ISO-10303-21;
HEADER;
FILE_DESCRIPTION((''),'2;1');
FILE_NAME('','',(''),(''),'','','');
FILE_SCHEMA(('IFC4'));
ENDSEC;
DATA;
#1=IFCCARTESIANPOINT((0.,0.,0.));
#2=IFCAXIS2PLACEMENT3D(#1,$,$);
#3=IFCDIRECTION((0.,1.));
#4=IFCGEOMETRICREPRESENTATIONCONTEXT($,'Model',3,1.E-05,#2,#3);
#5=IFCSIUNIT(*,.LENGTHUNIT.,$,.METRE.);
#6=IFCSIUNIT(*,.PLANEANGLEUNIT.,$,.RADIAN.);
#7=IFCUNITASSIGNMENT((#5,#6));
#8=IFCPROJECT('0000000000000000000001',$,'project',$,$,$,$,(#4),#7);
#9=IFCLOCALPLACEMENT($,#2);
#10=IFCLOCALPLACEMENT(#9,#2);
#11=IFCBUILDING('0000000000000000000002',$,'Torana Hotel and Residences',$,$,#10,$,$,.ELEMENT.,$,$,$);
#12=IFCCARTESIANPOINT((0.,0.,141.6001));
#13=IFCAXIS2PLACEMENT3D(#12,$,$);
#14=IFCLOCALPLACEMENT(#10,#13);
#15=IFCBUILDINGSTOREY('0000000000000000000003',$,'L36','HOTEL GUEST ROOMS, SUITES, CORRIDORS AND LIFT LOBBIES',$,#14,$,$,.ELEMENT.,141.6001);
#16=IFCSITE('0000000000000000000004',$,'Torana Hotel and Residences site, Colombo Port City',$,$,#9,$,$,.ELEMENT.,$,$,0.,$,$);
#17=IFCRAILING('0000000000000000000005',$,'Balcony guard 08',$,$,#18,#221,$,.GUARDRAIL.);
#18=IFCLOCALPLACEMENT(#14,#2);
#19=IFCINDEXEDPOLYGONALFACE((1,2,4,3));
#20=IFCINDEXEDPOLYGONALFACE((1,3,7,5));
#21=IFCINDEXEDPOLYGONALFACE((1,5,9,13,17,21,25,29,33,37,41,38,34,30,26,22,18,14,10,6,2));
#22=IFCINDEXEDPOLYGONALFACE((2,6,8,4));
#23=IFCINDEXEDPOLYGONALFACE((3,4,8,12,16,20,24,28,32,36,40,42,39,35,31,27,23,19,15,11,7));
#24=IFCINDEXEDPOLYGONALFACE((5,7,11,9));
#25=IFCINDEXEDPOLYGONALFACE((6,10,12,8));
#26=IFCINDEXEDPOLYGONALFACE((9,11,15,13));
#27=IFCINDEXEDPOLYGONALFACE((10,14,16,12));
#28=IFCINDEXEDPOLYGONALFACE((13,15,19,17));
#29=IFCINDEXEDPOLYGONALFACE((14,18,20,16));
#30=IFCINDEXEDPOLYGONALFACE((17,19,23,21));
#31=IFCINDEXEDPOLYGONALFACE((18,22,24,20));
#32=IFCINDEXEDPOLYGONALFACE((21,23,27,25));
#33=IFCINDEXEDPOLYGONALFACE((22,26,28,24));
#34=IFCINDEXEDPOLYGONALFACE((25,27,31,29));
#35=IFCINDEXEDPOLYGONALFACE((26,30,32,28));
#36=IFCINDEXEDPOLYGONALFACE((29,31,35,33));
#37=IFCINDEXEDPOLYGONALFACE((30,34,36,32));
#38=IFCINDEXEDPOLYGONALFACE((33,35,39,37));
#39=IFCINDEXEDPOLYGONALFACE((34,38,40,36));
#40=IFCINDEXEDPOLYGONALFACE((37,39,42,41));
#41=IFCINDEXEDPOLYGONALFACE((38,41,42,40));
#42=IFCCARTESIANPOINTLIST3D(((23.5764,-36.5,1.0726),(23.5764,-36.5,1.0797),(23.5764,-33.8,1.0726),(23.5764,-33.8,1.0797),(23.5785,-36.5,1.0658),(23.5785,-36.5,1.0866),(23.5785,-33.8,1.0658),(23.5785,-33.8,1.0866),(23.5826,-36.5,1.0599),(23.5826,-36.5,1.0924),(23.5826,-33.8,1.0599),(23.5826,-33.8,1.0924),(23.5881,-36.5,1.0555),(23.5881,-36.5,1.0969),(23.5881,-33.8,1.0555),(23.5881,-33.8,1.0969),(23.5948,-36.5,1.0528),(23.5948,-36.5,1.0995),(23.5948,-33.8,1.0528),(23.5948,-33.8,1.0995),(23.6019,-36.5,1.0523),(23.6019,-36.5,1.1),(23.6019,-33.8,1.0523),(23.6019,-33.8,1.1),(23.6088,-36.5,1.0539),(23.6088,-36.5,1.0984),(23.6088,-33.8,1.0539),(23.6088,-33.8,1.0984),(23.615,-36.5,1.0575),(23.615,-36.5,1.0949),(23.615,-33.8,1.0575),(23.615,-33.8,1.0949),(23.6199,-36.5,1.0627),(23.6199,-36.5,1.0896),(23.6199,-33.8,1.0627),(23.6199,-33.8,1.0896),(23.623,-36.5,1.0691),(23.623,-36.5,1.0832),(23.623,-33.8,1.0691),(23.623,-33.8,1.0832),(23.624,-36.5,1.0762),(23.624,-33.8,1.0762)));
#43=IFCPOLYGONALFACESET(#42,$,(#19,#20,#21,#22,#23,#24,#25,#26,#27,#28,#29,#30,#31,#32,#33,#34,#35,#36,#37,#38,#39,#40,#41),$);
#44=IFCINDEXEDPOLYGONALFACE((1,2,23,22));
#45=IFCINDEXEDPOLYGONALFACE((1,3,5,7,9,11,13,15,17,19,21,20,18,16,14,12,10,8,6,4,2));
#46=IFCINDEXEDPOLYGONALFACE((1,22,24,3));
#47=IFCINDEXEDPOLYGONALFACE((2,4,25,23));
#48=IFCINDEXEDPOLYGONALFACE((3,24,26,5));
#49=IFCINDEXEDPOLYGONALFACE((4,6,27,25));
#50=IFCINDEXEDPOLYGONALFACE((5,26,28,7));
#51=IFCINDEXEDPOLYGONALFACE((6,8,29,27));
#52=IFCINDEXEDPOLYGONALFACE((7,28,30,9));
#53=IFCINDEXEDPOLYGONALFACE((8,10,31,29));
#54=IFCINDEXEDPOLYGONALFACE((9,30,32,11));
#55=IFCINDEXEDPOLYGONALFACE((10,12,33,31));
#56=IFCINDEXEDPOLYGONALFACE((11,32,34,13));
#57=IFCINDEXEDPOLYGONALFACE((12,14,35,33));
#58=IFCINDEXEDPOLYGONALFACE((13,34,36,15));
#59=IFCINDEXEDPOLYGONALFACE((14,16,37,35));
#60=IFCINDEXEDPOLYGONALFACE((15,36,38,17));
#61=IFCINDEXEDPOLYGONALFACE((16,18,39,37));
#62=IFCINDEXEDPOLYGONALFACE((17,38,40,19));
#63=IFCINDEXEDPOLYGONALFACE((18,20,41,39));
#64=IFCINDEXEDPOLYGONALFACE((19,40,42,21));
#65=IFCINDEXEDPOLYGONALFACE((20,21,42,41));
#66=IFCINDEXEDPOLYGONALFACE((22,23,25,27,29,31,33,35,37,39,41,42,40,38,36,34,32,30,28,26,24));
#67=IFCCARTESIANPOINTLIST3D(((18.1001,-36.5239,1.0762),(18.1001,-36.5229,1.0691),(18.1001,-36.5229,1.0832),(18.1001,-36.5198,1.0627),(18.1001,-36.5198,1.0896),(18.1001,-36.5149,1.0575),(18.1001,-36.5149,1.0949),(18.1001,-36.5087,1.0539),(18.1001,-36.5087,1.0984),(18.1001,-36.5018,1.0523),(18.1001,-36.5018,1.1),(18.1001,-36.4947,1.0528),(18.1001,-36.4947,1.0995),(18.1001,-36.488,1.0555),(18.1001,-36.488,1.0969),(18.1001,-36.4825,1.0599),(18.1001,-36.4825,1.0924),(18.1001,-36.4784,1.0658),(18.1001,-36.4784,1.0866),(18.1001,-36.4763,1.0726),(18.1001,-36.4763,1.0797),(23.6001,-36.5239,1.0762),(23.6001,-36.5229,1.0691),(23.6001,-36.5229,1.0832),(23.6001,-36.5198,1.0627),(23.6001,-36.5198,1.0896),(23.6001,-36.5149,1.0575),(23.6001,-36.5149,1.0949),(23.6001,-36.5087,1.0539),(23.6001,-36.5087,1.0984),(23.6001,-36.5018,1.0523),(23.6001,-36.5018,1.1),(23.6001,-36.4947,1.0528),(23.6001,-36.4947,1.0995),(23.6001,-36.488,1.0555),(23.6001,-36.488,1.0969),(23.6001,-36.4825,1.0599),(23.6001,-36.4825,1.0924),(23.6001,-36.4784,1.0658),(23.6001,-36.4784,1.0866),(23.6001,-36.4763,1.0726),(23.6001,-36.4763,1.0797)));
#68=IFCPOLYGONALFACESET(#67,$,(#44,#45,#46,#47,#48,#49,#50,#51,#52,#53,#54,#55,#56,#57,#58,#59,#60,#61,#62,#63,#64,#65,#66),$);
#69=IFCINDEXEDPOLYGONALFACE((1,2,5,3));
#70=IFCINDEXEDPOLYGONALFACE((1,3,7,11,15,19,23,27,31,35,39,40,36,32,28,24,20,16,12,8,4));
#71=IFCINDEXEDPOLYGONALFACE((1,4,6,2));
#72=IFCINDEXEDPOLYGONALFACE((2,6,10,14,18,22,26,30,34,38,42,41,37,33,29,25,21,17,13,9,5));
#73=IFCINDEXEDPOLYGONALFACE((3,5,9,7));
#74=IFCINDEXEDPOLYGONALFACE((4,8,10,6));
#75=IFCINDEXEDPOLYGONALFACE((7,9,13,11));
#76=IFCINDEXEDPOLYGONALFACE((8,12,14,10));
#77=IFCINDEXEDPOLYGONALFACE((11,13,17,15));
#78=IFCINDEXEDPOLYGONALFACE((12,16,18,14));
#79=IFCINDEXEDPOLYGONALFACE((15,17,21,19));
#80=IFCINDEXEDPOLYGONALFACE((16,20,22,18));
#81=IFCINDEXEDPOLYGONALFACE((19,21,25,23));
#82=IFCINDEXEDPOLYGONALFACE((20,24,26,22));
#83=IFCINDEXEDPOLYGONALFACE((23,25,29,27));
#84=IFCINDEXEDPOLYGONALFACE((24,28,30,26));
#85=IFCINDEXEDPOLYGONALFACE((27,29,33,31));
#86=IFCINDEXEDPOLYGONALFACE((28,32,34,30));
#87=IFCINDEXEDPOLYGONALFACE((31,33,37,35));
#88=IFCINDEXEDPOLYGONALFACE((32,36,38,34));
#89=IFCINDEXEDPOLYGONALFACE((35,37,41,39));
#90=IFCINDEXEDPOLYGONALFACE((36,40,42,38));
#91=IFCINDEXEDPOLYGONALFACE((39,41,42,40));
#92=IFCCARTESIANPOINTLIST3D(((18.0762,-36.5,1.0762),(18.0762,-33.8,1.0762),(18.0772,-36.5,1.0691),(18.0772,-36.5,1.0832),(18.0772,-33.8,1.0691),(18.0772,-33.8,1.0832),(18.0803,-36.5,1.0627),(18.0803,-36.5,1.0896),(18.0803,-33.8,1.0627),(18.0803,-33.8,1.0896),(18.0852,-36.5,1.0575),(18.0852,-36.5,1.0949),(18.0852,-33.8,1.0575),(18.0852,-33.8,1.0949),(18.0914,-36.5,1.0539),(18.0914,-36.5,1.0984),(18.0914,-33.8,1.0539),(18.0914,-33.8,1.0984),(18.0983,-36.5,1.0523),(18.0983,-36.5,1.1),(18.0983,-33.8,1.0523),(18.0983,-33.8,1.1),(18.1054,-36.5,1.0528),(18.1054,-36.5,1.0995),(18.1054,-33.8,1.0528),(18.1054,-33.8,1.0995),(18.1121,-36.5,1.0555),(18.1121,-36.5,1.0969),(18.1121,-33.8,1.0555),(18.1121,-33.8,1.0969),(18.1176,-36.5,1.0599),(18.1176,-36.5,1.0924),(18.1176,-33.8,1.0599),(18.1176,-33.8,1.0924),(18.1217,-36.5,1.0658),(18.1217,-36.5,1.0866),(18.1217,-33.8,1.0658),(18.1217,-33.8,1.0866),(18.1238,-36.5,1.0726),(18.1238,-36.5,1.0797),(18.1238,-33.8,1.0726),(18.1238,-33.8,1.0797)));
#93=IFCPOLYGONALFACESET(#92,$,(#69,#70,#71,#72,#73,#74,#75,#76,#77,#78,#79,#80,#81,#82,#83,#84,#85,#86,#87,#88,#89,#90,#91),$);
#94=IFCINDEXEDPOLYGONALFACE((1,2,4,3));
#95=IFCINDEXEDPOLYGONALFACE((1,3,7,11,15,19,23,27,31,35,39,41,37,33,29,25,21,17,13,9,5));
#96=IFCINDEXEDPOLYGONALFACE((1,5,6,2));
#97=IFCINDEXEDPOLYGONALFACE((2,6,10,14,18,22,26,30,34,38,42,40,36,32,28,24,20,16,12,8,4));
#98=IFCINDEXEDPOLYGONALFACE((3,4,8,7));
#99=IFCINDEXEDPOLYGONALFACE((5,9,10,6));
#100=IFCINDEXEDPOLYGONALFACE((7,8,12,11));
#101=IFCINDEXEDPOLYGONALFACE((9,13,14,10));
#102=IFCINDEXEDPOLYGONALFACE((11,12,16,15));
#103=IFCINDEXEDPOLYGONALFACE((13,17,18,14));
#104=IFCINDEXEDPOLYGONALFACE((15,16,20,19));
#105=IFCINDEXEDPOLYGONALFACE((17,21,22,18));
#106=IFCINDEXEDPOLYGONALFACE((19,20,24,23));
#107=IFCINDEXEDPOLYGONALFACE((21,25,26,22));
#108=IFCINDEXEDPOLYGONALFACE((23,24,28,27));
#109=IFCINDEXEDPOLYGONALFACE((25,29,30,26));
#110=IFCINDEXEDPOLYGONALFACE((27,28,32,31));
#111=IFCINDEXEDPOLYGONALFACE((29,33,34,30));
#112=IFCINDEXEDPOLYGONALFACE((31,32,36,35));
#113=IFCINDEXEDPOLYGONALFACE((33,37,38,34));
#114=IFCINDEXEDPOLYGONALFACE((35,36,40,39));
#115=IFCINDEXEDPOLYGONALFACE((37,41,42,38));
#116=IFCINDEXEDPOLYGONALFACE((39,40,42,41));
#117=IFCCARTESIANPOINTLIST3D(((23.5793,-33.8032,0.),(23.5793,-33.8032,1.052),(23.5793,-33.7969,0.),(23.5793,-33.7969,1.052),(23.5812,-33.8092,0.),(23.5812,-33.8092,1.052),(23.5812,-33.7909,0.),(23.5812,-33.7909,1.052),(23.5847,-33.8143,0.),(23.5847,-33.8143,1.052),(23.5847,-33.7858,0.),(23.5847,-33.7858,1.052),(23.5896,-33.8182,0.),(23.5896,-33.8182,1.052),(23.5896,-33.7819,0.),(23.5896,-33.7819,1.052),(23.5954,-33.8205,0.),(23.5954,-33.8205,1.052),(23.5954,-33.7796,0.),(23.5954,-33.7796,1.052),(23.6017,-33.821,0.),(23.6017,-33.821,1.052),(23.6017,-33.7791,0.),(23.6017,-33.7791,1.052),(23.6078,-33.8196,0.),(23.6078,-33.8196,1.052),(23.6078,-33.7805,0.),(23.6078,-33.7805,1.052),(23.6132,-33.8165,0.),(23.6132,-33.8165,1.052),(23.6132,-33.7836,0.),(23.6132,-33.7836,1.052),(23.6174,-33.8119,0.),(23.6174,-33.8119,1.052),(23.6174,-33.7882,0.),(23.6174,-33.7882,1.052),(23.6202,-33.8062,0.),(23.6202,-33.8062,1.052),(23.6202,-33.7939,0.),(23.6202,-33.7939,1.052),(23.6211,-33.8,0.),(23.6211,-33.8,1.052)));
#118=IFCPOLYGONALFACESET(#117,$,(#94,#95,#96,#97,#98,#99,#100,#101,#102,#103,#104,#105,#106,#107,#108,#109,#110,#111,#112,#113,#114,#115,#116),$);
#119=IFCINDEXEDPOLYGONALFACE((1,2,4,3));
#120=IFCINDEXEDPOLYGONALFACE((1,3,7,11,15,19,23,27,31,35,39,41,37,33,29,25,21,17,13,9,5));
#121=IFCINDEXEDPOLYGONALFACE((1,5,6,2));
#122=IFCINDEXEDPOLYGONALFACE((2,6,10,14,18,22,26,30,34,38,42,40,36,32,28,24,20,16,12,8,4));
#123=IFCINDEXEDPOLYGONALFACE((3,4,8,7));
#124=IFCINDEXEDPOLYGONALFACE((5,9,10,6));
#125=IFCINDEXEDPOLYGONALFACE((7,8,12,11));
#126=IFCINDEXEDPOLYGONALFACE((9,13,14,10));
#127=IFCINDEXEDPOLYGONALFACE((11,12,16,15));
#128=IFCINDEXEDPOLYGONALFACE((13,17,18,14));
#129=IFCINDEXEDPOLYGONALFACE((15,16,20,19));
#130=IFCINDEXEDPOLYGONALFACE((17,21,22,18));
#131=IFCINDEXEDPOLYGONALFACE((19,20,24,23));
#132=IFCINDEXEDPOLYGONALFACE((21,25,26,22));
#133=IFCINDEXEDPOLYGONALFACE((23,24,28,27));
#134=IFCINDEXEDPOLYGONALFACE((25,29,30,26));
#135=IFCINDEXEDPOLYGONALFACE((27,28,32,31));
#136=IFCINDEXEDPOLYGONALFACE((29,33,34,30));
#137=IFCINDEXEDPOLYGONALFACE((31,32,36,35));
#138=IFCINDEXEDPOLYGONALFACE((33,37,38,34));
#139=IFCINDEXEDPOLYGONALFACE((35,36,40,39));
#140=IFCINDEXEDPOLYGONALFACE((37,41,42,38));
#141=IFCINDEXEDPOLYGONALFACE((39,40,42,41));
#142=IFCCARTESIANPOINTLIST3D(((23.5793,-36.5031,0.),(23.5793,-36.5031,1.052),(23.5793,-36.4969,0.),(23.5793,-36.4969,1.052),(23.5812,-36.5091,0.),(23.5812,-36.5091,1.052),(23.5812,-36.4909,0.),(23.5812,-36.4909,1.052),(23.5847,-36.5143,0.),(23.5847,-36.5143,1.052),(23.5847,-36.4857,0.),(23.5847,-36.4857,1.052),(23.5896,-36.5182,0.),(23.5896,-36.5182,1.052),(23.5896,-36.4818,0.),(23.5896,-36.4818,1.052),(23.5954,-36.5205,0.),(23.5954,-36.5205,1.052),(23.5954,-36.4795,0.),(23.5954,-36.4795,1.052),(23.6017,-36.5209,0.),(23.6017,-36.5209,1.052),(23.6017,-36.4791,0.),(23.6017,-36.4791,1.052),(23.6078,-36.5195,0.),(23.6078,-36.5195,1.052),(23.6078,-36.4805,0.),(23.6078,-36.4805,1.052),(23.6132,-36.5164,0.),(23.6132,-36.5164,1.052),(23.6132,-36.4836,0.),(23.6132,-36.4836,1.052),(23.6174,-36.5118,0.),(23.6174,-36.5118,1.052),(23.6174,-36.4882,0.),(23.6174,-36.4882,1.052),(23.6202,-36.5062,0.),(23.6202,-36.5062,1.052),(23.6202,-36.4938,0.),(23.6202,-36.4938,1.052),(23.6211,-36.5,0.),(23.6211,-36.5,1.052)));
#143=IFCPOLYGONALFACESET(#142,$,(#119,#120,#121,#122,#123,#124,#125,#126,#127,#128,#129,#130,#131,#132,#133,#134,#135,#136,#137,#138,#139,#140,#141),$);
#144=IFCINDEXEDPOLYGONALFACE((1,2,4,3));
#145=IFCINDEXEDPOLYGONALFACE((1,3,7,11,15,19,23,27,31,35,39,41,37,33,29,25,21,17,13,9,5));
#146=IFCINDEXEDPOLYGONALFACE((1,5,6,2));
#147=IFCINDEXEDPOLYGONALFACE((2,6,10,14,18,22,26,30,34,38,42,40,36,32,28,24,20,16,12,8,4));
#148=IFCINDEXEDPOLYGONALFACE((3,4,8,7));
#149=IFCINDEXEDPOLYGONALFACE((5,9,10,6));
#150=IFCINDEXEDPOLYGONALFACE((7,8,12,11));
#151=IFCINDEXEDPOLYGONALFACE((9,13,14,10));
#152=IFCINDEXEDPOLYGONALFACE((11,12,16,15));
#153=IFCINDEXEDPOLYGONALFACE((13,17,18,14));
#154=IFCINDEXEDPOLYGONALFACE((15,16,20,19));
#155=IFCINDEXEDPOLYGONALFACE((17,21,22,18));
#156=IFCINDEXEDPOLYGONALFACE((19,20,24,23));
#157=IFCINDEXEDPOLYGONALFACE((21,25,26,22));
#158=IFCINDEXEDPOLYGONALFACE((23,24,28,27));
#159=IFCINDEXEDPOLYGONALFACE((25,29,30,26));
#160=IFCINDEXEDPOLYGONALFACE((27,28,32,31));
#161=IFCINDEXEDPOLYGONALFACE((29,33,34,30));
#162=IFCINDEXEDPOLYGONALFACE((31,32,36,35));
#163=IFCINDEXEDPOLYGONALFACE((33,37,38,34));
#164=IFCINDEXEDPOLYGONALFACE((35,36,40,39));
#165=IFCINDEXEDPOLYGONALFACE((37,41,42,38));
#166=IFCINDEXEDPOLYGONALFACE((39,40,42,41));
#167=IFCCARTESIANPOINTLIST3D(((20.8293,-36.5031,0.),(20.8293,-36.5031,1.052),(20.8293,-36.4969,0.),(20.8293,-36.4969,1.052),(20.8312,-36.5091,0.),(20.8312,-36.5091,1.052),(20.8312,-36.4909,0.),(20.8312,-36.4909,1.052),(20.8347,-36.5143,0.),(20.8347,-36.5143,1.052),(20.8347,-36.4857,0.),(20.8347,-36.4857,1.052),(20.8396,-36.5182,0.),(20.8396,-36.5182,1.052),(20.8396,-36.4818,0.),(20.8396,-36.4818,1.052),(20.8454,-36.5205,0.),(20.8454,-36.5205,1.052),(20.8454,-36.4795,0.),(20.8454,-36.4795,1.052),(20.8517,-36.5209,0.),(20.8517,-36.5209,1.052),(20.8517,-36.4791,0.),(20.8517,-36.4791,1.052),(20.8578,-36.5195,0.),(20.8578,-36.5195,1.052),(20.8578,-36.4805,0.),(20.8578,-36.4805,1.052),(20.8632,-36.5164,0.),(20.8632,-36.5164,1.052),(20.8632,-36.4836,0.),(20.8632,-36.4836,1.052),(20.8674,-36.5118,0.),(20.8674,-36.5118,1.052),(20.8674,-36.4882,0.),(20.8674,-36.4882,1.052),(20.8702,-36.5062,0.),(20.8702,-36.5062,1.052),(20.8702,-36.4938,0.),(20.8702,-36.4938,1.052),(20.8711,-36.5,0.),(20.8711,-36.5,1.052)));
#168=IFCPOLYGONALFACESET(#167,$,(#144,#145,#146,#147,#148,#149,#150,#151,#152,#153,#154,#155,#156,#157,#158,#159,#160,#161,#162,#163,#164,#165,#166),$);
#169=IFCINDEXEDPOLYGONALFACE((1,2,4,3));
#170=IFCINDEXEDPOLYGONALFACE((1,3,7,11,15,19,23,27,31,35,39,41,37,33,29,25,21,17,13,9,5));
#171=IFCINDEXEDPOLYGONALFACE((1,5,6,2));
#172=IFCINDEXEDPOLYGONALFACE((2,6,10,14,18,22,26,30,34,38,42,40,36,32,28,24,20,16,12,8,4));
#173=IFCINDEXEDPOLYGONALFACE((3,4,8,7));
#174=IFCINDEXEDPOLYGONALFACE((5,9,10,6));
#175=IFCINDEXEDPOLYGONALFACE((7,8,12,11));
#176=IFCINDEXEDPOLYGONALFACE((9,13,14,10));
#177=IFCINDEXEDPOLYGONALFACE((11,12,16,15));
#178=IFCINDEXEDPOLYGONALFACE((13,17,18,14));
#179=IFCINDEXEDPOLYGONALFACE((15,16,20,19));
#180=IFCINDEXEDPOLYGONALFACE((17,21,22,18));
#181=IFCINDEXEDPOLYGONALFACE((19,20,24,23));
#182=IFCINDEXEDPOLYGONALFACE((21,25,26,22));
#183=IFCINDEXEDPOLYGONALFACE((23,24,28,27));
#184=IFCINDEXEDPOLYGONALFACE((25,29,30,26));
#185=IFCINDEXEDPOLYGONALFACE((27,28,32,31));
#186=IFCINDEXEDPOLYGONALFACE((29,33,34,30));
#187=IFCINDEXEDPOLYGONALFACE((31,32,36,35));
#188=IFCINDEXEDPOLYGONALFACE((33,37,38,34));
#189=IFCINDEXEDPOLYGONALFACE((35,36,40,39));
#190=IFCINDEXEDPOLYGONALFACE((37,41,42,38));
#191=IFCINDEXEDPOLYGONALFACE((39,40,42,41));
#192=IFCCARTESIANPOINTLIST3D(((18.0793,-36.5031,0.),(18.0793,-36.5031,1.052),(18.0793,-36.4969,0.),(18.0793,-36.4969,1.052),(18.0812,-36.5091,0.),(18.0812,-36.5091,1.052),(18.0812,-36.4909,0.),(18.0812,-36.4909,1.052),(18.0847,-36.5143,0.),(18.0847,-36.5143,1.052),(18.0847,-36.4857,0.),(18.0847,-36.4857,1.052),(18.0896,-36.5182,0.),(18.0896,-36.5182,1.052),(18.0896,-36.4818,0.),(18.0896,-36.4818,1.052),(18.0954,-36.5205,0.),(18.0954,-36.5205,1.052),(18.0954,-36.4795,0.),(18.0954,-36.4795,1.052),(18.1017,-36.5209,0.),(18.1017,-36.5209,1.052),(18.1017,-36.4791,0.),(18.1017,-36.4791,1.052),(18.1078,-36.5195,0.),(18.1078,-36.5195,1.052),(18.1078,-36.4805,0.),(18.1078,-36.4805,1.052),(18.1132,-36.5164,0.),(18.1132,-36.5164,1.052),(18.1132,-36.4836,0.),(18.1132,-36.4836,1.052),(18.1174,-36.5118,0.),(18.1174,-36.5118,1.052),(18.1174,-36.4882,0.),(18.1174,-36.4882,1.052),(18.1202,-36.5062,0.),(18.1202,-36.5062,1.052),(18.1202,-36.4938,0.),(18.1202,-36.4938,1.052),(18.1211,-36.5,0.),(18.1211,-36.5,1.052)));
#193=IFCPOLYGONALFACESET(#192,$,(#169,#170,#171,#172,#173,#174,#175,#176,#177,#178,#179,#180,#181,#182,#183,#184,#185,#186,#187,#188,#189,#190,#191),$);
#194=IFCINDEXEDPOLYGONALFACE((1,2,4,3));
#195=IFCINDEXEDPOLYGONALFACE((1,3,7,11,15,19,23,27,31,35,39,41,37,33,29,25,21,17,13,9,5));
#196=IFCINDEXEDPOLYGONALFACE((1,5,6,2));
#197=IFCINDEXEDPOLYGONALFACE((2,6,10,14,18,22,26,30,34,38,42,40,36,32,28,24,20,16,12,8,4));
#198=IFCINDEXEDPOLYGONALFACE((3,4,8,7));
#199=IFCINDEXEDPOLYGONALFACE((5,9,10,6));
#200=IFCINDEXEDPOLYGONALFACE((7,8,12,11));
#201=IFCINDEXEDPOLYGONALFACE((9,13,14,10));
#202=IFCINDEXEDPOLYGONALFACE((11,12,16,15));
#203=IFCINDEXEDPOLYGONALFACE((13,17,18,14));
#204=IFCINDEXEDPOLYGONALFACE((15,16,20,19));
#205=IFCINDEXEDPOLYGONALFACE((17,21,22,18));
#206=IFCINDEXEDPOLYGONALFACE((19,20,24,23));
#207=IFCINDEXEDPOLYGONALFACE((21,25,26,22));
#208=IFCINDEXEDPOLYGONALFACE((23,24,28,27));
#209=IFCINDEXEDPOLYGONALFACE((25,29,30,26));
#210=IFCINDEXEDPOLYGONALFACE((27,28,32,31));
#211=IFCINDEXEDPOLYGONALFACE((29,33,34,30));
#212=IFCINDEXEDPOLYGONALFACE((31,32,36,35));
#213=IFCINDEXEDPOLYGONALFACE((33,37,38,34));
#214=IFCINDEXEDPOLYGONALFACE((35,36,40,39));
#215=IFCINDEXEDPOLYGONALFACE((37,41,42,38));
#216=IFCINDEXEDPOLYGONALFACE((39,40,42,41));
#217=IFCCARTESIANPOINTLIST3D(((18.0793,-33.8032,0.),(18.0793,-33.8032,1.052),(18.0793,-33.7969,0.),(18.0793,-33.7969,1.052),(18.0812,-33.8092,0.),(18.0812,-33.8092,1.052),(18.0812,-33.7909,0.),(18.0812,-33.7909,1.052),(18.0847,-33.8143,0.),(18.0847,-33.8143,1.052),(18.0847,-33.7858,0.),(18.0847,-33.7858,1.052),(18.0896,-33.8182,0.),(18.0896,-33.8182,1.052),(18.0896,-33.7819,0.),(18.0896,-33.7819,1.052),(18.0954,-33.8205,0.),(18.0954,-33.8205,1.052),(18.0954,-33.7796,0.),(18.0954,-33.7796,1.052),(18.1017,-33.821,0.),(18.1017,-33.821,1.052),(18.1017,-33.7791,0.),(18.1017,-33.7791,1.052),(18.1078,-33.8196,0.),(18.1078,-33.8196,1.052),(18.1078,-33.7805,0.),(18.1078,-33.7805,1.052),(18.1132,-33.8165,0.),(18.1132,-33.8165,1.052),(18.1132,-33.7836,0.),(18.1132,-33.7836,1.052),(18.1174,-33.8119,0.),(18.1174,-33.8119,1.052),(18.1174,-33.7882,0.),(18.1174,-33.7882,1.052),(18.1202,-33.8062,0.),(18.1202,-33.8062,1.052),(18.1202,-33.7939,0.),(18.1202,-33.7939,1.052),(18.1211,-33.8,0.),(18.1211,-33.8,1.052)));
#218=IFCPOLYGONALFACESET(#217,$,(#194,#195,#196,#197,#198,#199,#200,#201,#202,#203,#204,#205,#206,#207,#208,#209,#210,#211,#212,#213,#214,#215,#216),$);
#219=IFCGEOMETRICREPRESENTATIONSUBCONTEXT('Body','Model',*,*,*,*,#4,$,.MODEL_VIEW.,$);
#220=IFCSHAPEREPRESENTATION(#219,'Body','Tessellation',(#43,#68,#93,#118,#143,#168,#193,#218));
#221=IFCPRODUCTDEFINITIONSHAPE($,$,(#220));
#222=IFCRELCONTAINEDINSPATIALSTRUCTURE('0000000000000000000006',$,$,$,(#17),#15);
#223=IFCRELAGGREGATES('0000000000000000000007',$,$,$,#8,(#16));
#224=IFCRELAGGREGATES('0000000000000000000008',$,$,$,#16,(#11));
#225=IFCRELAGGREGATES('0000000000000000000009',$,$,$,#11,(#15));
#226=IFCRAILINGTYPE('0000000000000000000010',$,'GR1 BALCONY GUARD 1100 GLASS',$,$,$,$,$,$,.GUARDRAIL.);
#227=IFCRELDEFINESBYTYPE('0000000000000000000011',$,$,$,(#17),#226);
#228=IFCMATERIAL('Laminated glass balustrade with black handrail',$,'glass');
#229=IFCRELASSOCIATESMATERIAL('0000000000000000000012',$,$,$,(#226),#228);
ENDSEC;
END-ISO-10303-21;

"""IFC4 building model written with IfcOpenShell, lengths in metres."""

from ifc_helpers import new_model, si_unit, direction, frame, origin, origin_2d, place, context, subcontext, project, spatial, circle, extrude, material, type_object, element, save


model = new_model("IFC4")

# Units and contexts
model_context = context("Model", 3, precision=1e-05, world=origin(), true_north=direction((0.0, 1.0)))
body_context = subcontext(model_context, "Body", "Model", "MODEL_VIEW")
ifc_project = project(units=[si_unit("LENGTHUNIT", "METRE"), si_unit("PLANEANGLEUNIT", "RADIAN")], contexts=[model_context])

# Site, building, storey
site_placement = place(None, origin())
site = spatial("IfcSite", under=ifc_project, at=site_placement, Name="Torana Hotel and Residences site, Colombo Port City", CompositionType="ELEMENT", RefElevation=0.0)
building_placement = place(site_placement, origin())
building = spatial("IfcBuilding", under=site, at=building_placement, Name="Torana Hotel and Residences", CompositionType="ELEMENT")
storey_placement = place(building_placement, frame((0.0, 0.0, 141.6001)))
storey = spatial("IfcBuildingStorey", under=building, at=storey_placement, Name="L36", Description="HOTEL GUEST ROOMS, SUITES, CORRIDORS AND LIFT LOBBIES", CompositionType="ELEMENT", Elevation=141.6001)

# Railing
ifc_material_1 = material(Name="Laminated glass balustrade with black handrail", Category="glass")
railing_type = type_object("IfcRailingType", Name="GR1 BALCONY GUARD 1100 GLASS", PredefinedType="GUARDRAIL", material=ifc_material_1)
railing_1_placement = place(storey_placement, frame((23.6001, -33.8, 0.0)))
element("IfcRailing", 1, at=railing_1_placement, inside=storey, type_object=railing_type, Name="Balcony guard 08", PredefinedType="GUARDRAIL", context=body_context, shape_type="SweptSolid", body=[
    extrude(circle(Radius=0.0239, at=origin_2d()), frame((0.0, 0.0, 1.0762), z_axis=(0.0, -1.0, 0.0), x_axis=(1.0, 0.0, 0.0)), (0.0, 0.0, 1.0), 2.7),
    extrude(circle(Radius=0.0239, at=origin_2d()), frame((0.0, -2.7, 1.0762), z_axis=(-1.0, 0.0, 0.0), x_axis=(0.0, -1.0, 0.0)), (0.0, 0.0, 1.0), 5.5),
    extrude(circle(Radius=0.0239, at=origin_2d()), frame((-5.5, -2.7, 1.0762), z_axis=(0.0, 1.0, 0.0), x_axis=(-1.0, 0.0, 0.0)), (0.0, 0.0, 1.0), 2.7),
    extrude(circle(Radius=0.021, at=origin_2d()), origin(), (0.0, 0.0, 1.0), 1.052),
    extrude(circle(Radius=0.021, at=origin_2d()), frame((0.0, -2.7, 0.0)), (0.0, 0.0, 1.0), 1.052),
    extrude(circle(Radius=0.021, at=origin_2d()), frame((-2.75, -2.7, 0.0)), (0.0, 0.0, 1.0), 1.052),
    extrude(circle(Radius=0.021, at=origin_2d()), frame((-5.5, -2.7, 0.0)), (0.0, 0.0, 1.0), 1.052),
    extrude(circle(Radius=0.021, at=origin_2d()), frame((-5.5, 0.0, 0.0)), (0.0, 0.0, 1.0), 1.052),
])

save(model, "model.ifc")
